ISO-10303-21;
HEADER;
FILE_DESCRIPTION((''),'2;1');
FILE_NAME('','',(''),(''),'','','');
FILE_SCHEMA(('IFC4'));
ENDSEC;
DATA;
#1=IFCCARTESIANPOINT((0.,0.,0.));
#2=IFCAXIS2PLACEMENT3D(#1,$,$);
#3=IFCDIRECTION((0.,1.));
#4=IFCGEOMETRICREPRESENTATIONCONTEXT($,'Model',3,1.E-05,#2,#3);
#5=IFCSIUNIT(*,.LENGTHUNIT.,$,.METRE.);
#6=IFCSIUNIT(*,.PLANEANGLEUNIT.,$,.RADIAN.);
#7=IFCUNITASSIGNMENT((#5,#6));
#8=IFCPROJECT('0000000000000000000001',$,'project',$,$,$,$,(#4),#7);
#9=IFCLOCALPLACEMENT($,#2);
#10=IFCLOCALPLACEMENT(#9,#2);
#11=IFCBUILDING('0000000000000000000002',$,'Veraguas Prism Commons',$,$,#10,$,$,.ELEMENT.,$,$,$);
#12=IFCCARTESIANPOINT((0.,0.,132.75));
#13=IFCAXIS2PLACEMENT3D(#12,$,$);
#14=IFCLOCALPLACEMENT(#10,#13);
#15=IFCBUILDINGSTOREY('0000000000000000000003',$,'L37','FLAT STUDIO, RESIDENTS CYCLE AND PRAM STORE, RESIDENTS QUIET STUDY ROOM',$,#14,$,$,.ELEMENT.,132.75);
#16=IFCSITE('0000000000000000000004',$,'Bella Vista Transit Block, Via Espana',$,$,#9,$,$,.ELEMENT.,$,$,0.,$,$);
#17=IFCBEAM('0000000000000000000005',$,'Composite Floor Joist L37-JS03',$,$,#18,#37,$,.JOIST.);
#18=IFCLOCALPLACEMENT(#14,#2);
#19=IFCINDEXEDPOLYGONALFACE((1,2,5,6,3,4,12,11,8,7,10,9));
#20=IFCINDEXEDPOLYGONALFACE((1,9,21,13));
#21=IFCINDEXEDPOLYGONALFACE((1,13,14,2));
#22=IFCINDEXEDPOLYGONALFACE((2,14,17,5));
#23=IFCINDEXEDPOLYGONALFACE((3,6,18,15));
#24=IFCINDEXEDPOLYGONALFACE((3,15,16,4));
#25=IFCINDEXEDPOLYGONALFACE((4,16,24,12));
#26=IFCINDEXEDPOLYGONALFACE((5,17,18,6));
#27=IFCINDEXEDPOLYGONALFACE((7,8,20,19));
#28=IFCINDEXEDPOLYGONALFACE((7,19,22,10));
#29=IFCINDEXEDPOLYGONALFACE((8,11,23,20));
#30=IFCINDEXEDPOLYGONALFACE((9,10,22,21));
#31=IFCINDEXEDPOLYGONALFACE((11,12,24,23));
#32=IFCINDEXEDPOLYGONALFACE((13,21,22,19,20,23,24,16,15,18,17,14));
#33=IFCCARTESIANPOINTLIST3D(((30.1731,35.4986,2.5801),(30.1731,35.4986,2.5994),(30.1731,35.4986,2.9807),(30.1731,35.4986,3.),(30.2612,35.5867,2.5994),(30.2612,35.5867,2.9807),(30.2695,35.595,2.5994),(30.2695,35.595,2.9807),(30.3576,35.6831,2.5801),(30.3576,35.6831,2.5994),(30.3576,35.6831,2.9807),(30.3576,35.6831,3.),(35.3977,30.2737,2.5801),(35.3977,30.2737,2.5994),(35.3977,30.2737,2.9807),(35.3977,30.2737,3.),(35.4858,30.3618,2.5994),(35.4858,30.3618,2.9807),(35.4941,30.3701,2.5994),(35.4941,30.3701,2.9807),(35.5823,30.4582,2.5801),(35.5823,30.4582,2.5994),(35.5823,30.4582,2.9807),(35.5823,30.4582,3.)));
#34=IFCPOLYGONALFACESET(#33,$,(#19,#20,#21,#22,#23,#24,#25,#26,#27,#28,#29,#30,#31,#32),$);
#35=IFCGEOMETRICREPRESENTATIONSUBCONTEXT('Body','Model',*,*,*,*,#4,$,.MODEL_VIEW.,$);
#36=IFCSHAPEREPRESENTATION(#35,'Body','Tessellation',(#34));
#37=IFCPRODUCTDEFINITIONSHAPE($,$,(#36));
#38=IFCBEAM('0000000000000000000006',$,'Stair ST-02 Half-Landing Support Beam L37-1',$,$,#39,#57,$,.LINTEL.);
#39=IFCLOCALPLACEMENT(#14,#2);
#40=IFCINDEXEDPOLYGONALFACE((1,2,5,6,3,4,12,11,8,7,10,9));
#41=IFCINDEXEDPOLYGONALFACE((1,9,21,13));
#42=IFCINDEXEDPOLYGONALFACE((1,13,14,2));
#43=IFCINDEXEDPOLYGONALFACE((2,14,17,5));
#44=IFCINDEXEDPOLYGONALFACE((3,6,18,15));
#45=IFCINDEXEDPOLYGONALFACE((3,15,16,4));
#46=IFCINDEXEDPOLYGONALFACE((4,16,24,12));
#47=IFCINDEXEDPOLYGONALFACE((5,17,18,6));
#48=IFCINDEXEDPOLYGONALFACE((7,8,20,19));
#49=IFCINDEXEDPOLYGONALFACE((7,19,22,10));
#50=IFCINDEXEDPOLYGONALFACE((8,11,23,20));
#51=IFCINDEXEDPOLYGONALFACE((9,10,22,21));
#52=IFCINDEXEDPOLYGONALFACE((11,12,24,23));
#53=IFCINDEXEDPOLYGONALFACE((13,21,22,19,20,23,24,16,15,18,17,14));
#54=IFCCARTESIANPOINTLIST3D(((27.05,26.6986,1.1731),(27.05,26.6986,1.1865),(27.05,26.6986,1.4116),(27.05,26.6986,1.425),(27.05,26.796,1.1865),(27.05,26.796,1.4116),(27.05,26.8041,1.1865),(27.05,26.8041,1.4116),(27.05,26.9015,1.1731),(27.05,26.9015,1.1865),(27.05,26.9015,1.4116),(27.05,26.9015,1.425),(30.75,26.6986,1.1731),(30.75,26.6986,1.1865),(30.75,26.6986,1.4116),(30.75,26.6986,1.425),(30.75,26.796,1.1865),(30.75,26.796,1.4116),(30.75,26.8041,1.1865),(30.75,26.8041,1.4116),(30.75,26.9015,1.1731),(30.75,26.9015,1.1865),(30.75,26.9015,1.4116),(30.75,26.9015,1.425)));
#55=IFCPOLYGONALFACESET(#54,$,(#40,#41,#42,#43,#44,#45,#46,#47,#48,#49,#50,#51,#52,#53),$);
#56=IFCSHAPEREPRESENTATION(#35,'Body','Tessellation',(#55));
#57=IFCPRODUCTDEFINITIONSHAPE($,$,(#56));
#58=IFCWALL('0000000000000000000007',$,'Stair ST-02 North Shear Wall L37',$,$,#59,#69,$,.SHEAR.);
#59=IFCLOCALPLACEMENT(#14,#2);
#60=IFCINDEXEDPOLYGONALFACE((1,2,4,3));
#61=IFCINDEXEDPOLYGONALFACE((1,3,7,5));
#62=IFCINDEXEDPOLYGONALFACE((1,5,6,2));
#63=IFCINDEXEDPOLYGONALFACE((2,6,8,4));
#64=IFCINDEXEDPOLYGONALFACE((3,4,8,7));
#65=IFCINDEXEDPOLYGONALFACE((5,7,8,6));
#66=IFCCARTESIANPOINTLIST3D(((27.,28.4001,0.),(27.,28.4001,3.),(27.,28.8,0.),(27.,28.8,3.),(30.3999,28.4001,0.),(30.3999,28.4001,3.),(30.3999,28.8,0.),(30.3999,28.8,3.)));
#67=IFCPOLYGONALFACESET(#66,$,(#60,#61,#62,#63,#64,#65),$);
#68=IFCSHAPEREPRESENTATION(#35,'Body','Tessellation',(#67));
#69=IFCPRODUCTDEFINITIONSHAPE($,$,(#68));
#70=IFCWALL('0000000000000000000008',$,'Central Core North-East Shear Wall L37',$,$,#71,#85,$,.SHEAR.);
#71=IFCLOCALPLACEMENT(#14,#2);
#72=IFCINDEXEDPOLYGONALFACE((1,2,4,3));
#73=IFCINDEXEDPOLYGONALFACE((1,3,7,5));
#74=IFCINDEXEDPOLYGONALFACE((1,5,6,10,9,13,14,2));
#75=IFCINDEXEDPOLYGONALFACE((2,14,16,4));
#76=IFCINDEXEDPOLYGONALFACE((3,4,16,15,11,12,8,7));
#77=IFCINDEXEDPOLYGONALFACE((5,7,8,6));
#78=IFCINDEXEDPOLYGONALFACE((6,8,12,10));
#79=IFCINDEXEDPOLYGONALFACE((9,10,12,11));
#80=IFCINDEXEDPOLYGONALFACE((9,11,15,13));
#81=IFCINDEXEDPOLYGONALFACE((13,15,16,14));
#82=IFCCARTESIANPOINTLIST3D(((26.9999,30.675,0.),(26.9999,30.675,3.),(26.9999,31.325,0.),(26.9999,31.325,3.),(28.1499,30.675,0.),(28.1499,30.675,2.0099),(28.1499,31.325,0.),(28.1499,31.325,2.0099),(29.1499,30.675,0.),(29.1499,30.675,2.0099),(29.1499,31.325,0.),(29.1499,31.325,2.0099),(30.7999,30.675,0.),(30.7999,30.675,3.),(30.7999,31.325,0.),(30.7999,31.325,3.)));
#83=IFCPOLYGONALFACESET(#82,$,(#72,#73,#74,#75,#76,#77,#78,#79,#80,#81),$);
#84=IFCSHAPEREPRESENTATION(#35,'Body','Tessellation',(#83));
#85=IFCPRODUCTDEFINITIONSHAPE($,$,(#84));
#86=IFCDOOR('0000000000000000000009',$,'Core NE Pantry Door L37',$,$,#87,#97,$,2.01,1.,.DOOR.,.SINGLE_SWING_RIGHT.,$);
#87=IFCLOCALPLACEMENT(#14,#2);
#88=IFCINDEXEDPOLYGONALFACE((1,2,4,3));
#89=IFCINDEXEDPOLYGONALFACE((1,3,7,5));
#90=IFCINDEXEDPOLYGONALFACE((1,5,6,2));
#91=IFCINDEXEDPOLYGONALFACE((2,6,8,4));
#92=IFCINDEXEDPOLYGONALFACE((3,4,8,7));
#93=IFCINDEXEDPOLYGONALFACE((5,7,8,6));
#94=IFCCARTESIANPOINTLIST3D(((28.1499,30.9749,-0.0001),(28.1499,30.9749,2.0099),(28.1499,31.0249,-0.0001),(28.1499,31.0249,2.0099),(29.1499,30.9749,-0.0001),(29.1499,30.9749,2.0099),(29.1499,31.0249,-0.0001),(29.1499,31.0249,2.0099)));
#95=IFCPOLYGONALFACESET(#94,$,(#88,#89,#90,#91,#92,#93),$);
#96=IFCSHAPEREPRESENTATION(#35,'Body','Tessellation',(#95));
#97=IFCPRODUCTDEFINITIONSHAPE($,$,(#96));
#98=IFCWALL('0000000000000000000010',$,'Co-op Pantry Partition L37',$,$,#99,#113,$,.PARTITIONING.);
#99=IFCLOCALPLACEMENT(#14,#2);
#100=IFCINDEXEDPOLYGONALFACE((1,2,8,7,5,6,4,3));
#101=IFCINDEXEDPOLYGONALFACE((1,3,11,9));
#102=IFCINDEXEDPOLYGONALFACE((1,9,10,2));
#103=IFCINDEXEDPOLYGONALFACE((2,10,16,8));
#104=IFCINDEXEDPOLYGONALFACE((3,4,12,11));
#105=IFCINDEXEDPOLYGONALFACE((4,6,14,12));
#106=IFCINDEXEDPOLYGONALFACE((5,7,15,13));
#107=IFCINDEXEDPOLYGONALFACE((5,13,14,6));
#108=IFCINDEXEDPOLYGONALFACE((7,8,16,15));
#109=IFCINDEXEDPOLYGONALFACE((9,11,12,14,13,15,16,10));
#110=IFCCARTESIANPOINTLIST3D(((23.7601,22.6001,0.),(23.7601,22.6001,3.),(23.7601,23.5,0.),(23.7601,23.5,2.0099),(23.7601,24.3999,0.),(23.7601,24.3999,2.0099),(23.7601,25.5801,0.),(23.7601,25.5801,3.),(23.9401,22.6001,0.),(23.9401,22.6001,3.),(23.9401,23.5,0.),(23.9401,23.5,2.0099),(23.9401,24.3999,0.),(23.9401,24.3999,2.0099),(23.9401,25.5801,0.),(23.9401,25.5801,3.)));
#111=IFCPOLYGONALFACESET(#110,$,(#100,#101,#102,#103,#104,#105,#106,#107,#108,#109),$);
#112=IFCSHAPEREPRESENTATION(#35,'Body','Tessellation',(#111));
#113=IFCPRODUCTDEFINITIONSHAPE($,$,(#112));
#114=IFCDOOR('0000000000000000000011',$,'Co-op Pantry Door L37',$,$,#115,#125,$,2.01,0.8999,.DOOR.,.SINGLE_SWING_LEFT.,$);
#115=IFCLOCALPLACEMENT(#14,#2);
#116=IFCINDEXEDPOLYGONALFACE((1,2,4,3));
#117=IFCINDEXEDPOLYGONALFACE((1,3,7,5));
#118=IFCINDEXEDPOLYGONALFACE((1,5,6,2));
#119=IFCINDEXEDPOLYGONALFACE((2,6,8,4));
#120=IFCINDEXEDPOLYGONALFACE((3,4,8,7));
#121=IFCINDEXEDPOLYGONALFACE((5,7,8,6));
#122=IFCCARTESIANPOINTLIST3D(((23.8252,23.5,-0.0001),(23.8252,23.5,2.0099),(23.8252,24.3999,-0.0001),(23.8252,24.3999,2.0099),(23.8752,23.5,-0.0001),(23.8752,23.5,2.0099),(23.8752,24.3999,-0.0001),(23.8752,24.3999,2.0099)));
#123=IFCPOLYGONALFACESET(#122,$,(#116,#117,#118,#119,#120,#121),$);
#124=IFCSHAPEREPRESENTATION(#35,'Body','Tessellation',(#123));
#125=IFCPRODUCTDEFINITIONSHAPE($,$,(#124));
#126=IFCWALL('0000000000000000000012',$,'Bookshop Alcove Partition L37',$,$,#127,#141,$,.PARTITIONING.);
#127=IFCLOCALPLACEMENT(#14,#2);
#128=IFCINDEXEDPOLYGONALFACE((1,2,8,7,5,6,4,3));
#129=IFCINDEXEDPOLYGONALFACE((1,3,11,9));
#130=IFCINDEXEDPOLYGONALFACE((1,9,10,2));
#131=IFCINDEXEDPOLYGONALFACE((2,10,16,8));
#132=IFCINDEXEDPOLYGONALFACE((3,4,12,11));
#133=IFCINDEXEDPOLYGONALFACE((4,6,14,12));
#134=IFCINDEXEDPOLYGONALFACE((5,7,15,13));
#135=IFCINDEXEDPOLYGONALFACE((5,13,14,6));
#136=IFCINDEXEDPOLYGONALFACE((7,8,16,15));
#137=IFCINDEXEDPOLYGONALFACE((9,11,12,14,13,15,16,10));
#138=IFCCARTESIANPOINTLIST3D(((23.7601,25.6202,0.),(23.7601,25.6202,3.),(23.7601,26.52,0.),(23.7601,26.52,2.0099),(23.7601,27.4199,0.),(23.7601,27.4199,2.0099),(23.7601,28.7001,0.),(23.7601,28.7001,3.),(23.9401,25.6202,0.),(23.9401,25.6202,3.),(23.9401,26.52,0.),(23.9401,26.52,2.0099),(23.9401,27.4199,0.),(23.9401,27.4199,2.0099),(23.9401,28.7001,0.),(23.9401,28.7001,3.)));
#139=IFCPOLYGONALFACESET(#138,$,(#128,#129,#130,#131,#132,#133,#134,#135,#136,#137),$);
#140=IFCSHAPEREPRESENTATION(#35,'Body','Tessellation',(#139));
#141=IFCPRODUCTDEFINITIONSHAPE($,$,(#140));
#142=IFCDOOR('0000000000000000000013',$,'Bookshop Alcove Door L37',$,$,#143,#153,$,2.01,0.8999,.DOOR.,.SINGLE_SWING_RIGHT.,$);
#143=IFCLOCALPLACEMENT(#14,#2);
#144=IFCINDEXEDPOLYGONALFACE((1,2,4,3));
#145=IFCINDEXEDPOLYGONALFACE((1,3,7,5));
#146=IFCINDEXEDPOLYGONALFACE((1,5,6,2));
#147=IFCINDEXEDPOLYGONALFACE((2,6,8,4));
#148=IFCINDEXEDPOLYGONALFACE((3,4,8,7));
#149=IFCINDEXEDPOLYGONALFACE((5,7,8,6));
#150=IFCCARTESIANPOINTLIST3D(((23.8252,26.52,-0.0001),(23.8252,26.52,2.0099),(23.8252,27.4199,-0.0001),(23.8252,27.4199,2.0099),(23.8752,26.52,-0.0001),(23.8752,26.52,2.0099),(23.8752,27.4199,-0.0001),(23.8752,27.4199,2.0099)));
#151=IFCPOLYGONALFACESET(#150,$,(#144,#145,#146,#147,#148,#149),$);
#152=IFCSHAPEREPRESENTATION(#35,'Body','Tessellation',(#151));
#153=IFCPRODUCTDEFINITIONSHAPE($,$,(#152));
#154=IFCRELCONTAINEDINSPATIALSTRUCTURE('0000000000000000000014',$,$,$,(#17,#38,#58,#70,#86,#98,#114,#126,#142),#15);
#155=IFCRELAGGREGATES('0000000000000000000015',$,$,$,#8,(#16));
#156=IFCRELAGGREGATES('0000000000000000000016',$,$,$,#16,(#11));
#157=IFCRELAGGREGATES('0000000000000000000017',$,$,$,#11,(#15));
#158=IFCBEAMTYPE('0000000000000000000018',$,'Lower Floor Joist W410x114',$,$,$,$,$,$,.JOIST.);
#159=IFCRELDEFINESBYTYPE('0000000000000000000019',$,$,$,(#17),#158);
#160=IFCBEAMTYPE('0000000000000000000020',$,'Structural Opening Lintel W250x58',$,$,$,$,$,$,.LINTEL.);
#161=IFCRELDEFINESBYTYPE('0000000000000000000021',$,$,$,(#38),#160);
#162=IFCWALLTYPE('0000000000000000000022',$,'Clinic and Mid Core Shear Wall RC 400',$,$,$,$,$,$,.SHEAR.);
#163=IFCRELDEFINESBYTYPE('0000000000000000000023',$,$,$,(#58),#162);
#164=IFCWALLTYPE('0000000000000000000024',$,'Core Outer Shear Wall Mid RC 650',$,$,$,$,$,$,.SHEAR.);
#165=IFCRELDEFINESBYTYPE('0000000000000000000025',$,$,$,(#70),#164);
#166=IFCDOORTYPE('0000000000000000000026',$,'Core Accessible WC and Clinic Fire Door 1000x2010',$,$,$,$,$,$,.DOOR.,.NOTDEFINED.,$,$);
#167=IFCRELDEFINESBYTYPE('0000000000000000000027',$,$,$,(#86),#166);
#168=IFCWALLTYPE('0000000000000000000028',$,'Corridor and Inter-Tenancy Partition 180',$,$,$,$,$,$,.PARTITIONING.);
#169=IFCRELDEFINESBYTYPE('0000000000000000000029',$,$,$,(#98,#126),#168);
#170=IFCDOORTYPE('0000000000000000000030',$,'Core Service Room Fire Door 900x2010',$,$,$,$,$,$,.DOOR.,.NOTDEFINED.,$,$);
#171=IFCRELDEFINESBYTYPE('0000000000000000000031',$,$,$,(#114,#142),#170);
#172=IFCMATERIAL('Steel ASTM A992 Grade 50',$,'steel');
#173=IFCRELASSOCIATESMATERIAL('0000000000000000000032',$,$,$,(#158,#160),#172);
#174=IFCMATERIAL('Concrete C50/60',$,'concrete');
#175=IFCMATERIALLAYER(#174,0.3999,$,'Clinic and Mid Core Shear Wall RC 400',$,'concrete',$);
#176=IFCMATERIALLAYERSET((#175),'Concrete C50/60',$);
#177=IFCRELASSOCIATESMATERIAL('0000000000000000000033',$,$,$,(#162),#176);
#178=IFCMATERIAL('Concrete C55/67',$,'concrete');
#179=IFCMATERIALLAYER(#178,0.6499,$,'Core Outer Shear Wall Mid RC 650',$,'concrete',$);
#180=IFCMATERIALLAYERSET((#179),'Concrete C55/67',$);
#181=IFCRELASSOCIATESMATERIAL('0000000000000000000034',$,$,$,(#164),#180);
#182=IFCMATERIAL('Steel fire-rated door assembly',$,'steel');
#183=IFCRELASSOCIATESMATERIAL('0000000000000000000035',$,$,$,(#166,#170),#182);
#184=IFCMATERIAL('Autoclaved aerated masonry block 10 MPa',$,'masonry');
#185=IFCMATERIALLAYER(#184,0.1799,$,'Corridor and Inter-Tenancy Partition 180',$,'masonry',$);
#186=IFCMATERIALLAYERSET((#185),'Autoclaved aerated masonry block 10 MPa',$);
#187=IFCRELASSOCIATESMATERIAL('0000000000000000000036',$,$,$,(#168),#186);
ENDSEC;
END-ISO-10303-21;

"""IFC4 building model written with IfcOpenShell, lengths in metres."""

from ifc_helpers import new_model, si_unit, direction, frame, frame_2d, origin, origin_2d, place, context, subcontext, project, spatial, rectangle, i_section, extrude, source, transform, mapped, material, layer, layer_set, material_profile, profile_set, type_object, element, fill, save


model = new_model("IFC4")

# Units and contexts
model_context = context("Model", 3, precision=1e-05, world=origin(), true_north=direction((0.0, 1.0)))
body_context = subcontext(model_context, "Body", "Model", "MODEL_VIEW")
ifc_project = project(units=[si_unit("LENGTHUNIT", "METRE"), si_unit("PLANEANGLEUNIT", "RADIAN")], contexts=[model_context])

# Site, building, storey
site_placement = place(None, origin())
site = spatial("IfcSite", under=ifc_project, at=site_placement, Name="Bella Vista Transit Block, Via Espana", CompositionType="ELEMENT", RefElevation=0.0)
building_placement = place(site_placement, origin())
building = spatial("IfcBuilding", under=site, at=building_placement, Name="Veraguas Prism Commons", CompositionType="ELEMENT")
storey_placement = place(building_placement, frame((0.0, 0.0, 132.75)))
storey = spatial("IfcBuildingStorey", under=building, at=storey_placement, Name="L37", Description="FLAT STUDIO, RESIDENTS CYCLE AND PRAM STORE, RESIDENTS QUIET STUDY ROOM", CompositionType="ELEMENT", Elevation=132.75)

# Beams
ifc_material_1 = material(Name="Steel ASTM A992 Grade 50", Category="steel")
ifc_material_profile_1 = material_profile(ifc_material_1, i_section(OverallWidth=0.261, OverallDepth=0.4199, WebThickness=0.0117, FlangeThickness=0.0193, at=origin_2d()), Name="W410X114")
ifc_profile_set_1 = profile_set([ifc_material_profile_1], Name="Steel ASTM A992 Grade 50")
beam_type_1 = type_object("IfcBeamType", Name="Lower Floor Joist W410x114", PredefinedType="JOIST", material=ifc_profile_set_1)
beam_1_placement = place(storey_placement, frame((35.49, 30.366, 2.79), z_axis=(-0.70709, 0.707123, 0.0), x_axis=(-0.707123, -0.70709, 0.0)))
element("IfcBeam", 1, at=beam_1_placement, inside=storey, type_object=beam_type_1, Name="Composite Floor Joist L37-JS03", PredefinedType="JOIST", context=body_context, shape_type="SweptSolid", body=[
    extrude(i_section(OverallWidth=0.261, OverallDepth=0.4199, WebThickness=0.0117, FlangeThickness=0.0193, at=origin_2d()), origin(), (0.0, 0.0, 1.0), 7.3889),
])
ifc_material_profile_2 = material_profile(ifc_material_1, i_section(OverallWidth=0.2029, OverallDepth=0.252, WebThickness=0.0081, FlangeThickness=0.0134, at=origin_2d()), Name="W250X58")
ifc_profile_set_2 = profile_set([ifc_material_profile_2], Name="Steel ASTM A992 Grade 50")
beam_type_2 = type_object("IfcBeamType", Name="Structural Opening Lintel W250x58", PredefinedType="LINTEL", material=ifc_profile_set_2)
beam_2_placement = place(storey_placement, frame((27.05, 26.8, 1.2991), z_axis=(1.0, 0.0, 0.0), x_axis=(0.0, 1.0, 0.0)))
element("IfcBeam", 2, at=beam_2_placement, inside=storey, type_object=beam_type_2, Name="Stair ST-02 Half-Landing Support Beam L37-1", PredefinedType="LINTEL", context=body_context, shape_type="SweptSolid", body=[
    extrude(i_section(OverallWidth=0.2029, OverallDepth=0.252, WebThickness=0.0081, FlangeThickness=0.0134, at=origin_2d()), origin(), (0.0, 0.0, 1.0), 3.7),
])

# Wall
ifc_material_2 = material(Name="Concrete C50/60", Category="concrete")
ifc_layer_1 = layer(ifc_material_2, 0.3999, Name="Clinic and Mid Core Shear Wall RC 400", Category="concrete")
ifc_layer_set_1 = layer_set([ifc_layer_1], Name="Concrete C50/60")
wall_type_1 = type_object("IfcWallType", Name="Clinic and Mid Core Shear Wall RC 400", PredefinedType="SHEAR", material=ifc_layer_set_1)
wall_1_placement = place(storey_placement, frame((27.0, 28.6001, 0.0), z_axis=(0.0, 0.0, 1.0), x_axis=(1.0, 0.0, 0.0)))
element("IfcWall", 3, at=wall_1_placement, inside=storey, type_object=wall_type_1, Name="Stair ST-02 North Shear Wall L37", PredefinedType="SHEAR", context=body_context, shape_type="SweptSolid", body=[
    extrude(rectangle(XDim=3.3999, YDim=0.3999, at=frame_2d((1.7, 0.0))), origin(), (0.0, 0.0, 1.0), 3.0),
])

# Walls, openings, doors
ifc_material_3 = material(Name="Concrete C55/67", Category="concrete")
ifc_layer_2 = layer(ifc_material_3, 0.6499, Name="Core Outer Shear Wall Mid RC 650", Category="concrete")
ifc_layer_set_2 = layer_set([ifc_layer_2], Name="Concrete C55/67")
wall_type_2 = type_object("IfcWallType", Name="Core Outer Shear Wall Mid RC 650", PredefinedType="SHEAR", material=ifc_layer_set_2)
wall_2_placement = place(storey_placement, frame((27.0, 31.0, 0.0), z_axis=(0.0, 0.0, 1.0), x_axis=(1.0, 0.0, 0.0)))
wall_2 = element("IfcWall", 4, at=wall_2_placement, inside=storey, type_object=wall_type_2, Name="Central Core North-East Shear Wall L37", PredefinedType="SHEAR", context=body_context, shape_type="SweptSolid", body=[
    extrude(rectangle(XDim=3.8, YDim=0.6499, at=frame_2d((1.8999, 0.0))), origin(), (0.0, 0.0, 1.0), 3.0),
])
opening_1_placement = place(wall_2_placement, frame((1.1499, 0.0, 0.0)))
opening_1 = element("IfcOpeningElement", 5, at=opening_1_placement, cuts=wall_2, PredefinedType="OPENING", context=body_context, shape_type="SweptSolid", body=[
    extrude(rectangle(XDim=1.0, YDim=2.01, at=frame_2d((0.5, 1.0049))), frame((0.0, 0.335, 0.0), z_axis=(0.0, -1.0, 0.0), x_axis=(1.0, 0.0, 0.0)), (0.0, 0.0, 1.0), 0.6699),
])
ifc_material_4 = material(Name="Steel fire-rated door assembly", Category="steel")
door_type_1 = type_object("IfcDoorType", Name="Core Accessible WC and Clinic Fire Door 1000x2010", OperationType="NOTDEFINED", PredefinedType="DOOR", material=ifc_material_4)
shared_shape_1 = source(origin(), body_context, "Body", "SweptSolid", [
    extrude(rectangle(XDim=1.0, YDim=2.01, at=frame_2d((0.5, 1.0049))), frame((0.0, 0.0249, 0.0), z_axis=(0.0, -1.0, 0.0), x_axis=(1.0, 0.0, 0.0)), (0.0, 0.0, 1.0), 0.05),
])
door_1_placement = place(opening_1_placement, origin())
door_1 = element("IfcDoor", 6, at=door_1_placement, inside=storey, type_object=door_type_1, Name="Core NE Pantry Door L37", OperationType="SINGLE_SWING_RIGHT", OverallHeight=2.01, OverallWidth=1.0, PredefinedType="DOOR", context=body_context, shape_type="MappedRepresentation", body=[
    mapped(shared_shape_1, transform((0.0, 0.0, 0.0), scale=1.0)),
])
fill(opening_1, door_1)
ifc_material_5 = material(Name="Autoclaved aerated masonry block 10 MPa", Category="masonry")
ifc_layer_3 = layer(ifc_material_5, 0.1799, Name="Corridor and Inter-Tenancy Partition 180", Category="masonry")
ifc_layer_set_3 = layer_set([ifc_layer_3], Name="Autoclaved aerated masonry block 10 MPa")
wall_type_3 = type_object("IfcWallType", Name="Corridor and Inter-Tenancy Partition 180", PredefinedType="PARTITIONING", material=ifc_layer_set_3)
wall_3_placement = place(storey_placement, frame((23.8501, 22.6001, 0.0), z_axis=(0.0, 0.0, 1.0), x_axis=(0.0, 1.0, 0.0)))
wall_3 = element("IfcWall", 7, at=wall_3_placement, inside=storey, type_object=wall_type_3, Name="Co-op Pantry Partition L37", PredefinedType="PARTITIONING", context=body_context, shape_type="SweptSolid", body=[
    extrude(rectangle(XDim=2.98, YDim=0.1799, at=frame_2d((1.49, 0.0))), origin(), (0.0, 0.0, 1.0), 3.0),
])
opening_2_placement = place(wall_3_placement, frame((0.8999, 0.0, 0.0)))
opening_2 = element("IfcOpeningElement", 8, at=opening_2_placement, cuts=wall_3, PredefinedType="OPENING", context=body_context, shape_type="SweptSolid", body=[
    extrude(rectangle(XDim=0.8999, YDim=2.01, at=frame_2d((0.45, 1.0049))), frame((0.0, 0.0999, 0.0), z_axis=(0.0, -1.0, 0.0), x_axis=(1.0, 0.0, 0.0)), (0.0, 0.0, 1.0), 0.2),
])
door_type_2 = type_object("IfcDoorType", Name="Core Service Room Fire Door 900x2010", OperationType="NOTDEFINED", PredefinedType="DOOR", material=ifc_material_4)
shared_shape_2 = source(origin(), body_context, "Body", "SweptSolid", [
    extrude(rectangle(XDim=0.8999, YDim=2.01, at=frame_2d((0.45, 1.0049))), frame((0.0, 0.0249, 0.0), z_axis=(0.0, -1.0, 0.0), x_axis=(1.0, 0.0, 0.0)), (0.0, 0.0, 1.0), 0.05),
])
door_2_placement = place(opening_2_placement, origin())
door_2 = element("IfcDoor", 9, at=door_2_placement, inside=storey, type_object=door_type_2, Name="Co-op Pantry Door L37", OperationType="SINGLE_SWING_LEFT", OverallHeight=2.01, OverallWidth=0.8999, PredefinedType="DOOR", context=body_context, shape_type="MappedRepresentation", body=[
    mapped(shared_shape_2, transform((0.0, 0.0, 0.0), scale=1.0)),
])
fill(opening_2, door_2)
wall_4_placement = place(storey_placement, frame((23.8501, 25.6201, 0.0), z_axis=(0.0, 0.0, 1.0), x_axis=(0.0, 1.0, 0.0)))
wall_4 = element("IfcWall", 10, at=wall_4_placement, inside=storey, type_object=wall_type_3, Name="Bookshop Alcove Partition L37", PredefinedType="PARTITIONING", context=body_context, shape_type="SweptSolid", body=[
    extrude(rectangle(XDim=3.0798, YDim=0.1799, at=frame_2d((1.54, 0.0))), origin(), (0.0, 0.0, 1.0), 3.0),
])
opening_3_placement = place(wall_4_placement, frame((0.8999, 0.0, 0.0)))
opening_3 = element("IfcOpeningElement", 11, at=opening_3_placement, cuts=wall_4, PredefinedType="OPENING", context=body_context, shape_type="SweptSolid", body=[
    extrude(rectangle(XDim=0.8999, YDim=2.01, at=frame_2d((0.45, 1.0049))), frame((0.0, 0.0999, 0.0), z_axis=(0.0, -1.0, 0.0), x_axis=(1.0, 0.0, 0.0)), (0.0, 0.0, 1.0), 0.2),
])
door_3_placement = place(opening_3_placement, origin())
door_3 = element("IfcDoor", 12, at=door_3_placement, inside=storey, type_object=door_type_2, Name="Bookshop Alcove Door L37", OperationType="SINGLE_SWING_RIGHT", OverallHeight=2.01, OverallWidth=0.8999, PredefinedType="DOOR", context=body_context, shape_type="MappedRepresentation", body=[
    mapped(shared_shape_2, transform((0.0, 0.0, 0.0), scale=1.0)),
])
fill(opening_3, door_3)

save(model, "model.ifc")
